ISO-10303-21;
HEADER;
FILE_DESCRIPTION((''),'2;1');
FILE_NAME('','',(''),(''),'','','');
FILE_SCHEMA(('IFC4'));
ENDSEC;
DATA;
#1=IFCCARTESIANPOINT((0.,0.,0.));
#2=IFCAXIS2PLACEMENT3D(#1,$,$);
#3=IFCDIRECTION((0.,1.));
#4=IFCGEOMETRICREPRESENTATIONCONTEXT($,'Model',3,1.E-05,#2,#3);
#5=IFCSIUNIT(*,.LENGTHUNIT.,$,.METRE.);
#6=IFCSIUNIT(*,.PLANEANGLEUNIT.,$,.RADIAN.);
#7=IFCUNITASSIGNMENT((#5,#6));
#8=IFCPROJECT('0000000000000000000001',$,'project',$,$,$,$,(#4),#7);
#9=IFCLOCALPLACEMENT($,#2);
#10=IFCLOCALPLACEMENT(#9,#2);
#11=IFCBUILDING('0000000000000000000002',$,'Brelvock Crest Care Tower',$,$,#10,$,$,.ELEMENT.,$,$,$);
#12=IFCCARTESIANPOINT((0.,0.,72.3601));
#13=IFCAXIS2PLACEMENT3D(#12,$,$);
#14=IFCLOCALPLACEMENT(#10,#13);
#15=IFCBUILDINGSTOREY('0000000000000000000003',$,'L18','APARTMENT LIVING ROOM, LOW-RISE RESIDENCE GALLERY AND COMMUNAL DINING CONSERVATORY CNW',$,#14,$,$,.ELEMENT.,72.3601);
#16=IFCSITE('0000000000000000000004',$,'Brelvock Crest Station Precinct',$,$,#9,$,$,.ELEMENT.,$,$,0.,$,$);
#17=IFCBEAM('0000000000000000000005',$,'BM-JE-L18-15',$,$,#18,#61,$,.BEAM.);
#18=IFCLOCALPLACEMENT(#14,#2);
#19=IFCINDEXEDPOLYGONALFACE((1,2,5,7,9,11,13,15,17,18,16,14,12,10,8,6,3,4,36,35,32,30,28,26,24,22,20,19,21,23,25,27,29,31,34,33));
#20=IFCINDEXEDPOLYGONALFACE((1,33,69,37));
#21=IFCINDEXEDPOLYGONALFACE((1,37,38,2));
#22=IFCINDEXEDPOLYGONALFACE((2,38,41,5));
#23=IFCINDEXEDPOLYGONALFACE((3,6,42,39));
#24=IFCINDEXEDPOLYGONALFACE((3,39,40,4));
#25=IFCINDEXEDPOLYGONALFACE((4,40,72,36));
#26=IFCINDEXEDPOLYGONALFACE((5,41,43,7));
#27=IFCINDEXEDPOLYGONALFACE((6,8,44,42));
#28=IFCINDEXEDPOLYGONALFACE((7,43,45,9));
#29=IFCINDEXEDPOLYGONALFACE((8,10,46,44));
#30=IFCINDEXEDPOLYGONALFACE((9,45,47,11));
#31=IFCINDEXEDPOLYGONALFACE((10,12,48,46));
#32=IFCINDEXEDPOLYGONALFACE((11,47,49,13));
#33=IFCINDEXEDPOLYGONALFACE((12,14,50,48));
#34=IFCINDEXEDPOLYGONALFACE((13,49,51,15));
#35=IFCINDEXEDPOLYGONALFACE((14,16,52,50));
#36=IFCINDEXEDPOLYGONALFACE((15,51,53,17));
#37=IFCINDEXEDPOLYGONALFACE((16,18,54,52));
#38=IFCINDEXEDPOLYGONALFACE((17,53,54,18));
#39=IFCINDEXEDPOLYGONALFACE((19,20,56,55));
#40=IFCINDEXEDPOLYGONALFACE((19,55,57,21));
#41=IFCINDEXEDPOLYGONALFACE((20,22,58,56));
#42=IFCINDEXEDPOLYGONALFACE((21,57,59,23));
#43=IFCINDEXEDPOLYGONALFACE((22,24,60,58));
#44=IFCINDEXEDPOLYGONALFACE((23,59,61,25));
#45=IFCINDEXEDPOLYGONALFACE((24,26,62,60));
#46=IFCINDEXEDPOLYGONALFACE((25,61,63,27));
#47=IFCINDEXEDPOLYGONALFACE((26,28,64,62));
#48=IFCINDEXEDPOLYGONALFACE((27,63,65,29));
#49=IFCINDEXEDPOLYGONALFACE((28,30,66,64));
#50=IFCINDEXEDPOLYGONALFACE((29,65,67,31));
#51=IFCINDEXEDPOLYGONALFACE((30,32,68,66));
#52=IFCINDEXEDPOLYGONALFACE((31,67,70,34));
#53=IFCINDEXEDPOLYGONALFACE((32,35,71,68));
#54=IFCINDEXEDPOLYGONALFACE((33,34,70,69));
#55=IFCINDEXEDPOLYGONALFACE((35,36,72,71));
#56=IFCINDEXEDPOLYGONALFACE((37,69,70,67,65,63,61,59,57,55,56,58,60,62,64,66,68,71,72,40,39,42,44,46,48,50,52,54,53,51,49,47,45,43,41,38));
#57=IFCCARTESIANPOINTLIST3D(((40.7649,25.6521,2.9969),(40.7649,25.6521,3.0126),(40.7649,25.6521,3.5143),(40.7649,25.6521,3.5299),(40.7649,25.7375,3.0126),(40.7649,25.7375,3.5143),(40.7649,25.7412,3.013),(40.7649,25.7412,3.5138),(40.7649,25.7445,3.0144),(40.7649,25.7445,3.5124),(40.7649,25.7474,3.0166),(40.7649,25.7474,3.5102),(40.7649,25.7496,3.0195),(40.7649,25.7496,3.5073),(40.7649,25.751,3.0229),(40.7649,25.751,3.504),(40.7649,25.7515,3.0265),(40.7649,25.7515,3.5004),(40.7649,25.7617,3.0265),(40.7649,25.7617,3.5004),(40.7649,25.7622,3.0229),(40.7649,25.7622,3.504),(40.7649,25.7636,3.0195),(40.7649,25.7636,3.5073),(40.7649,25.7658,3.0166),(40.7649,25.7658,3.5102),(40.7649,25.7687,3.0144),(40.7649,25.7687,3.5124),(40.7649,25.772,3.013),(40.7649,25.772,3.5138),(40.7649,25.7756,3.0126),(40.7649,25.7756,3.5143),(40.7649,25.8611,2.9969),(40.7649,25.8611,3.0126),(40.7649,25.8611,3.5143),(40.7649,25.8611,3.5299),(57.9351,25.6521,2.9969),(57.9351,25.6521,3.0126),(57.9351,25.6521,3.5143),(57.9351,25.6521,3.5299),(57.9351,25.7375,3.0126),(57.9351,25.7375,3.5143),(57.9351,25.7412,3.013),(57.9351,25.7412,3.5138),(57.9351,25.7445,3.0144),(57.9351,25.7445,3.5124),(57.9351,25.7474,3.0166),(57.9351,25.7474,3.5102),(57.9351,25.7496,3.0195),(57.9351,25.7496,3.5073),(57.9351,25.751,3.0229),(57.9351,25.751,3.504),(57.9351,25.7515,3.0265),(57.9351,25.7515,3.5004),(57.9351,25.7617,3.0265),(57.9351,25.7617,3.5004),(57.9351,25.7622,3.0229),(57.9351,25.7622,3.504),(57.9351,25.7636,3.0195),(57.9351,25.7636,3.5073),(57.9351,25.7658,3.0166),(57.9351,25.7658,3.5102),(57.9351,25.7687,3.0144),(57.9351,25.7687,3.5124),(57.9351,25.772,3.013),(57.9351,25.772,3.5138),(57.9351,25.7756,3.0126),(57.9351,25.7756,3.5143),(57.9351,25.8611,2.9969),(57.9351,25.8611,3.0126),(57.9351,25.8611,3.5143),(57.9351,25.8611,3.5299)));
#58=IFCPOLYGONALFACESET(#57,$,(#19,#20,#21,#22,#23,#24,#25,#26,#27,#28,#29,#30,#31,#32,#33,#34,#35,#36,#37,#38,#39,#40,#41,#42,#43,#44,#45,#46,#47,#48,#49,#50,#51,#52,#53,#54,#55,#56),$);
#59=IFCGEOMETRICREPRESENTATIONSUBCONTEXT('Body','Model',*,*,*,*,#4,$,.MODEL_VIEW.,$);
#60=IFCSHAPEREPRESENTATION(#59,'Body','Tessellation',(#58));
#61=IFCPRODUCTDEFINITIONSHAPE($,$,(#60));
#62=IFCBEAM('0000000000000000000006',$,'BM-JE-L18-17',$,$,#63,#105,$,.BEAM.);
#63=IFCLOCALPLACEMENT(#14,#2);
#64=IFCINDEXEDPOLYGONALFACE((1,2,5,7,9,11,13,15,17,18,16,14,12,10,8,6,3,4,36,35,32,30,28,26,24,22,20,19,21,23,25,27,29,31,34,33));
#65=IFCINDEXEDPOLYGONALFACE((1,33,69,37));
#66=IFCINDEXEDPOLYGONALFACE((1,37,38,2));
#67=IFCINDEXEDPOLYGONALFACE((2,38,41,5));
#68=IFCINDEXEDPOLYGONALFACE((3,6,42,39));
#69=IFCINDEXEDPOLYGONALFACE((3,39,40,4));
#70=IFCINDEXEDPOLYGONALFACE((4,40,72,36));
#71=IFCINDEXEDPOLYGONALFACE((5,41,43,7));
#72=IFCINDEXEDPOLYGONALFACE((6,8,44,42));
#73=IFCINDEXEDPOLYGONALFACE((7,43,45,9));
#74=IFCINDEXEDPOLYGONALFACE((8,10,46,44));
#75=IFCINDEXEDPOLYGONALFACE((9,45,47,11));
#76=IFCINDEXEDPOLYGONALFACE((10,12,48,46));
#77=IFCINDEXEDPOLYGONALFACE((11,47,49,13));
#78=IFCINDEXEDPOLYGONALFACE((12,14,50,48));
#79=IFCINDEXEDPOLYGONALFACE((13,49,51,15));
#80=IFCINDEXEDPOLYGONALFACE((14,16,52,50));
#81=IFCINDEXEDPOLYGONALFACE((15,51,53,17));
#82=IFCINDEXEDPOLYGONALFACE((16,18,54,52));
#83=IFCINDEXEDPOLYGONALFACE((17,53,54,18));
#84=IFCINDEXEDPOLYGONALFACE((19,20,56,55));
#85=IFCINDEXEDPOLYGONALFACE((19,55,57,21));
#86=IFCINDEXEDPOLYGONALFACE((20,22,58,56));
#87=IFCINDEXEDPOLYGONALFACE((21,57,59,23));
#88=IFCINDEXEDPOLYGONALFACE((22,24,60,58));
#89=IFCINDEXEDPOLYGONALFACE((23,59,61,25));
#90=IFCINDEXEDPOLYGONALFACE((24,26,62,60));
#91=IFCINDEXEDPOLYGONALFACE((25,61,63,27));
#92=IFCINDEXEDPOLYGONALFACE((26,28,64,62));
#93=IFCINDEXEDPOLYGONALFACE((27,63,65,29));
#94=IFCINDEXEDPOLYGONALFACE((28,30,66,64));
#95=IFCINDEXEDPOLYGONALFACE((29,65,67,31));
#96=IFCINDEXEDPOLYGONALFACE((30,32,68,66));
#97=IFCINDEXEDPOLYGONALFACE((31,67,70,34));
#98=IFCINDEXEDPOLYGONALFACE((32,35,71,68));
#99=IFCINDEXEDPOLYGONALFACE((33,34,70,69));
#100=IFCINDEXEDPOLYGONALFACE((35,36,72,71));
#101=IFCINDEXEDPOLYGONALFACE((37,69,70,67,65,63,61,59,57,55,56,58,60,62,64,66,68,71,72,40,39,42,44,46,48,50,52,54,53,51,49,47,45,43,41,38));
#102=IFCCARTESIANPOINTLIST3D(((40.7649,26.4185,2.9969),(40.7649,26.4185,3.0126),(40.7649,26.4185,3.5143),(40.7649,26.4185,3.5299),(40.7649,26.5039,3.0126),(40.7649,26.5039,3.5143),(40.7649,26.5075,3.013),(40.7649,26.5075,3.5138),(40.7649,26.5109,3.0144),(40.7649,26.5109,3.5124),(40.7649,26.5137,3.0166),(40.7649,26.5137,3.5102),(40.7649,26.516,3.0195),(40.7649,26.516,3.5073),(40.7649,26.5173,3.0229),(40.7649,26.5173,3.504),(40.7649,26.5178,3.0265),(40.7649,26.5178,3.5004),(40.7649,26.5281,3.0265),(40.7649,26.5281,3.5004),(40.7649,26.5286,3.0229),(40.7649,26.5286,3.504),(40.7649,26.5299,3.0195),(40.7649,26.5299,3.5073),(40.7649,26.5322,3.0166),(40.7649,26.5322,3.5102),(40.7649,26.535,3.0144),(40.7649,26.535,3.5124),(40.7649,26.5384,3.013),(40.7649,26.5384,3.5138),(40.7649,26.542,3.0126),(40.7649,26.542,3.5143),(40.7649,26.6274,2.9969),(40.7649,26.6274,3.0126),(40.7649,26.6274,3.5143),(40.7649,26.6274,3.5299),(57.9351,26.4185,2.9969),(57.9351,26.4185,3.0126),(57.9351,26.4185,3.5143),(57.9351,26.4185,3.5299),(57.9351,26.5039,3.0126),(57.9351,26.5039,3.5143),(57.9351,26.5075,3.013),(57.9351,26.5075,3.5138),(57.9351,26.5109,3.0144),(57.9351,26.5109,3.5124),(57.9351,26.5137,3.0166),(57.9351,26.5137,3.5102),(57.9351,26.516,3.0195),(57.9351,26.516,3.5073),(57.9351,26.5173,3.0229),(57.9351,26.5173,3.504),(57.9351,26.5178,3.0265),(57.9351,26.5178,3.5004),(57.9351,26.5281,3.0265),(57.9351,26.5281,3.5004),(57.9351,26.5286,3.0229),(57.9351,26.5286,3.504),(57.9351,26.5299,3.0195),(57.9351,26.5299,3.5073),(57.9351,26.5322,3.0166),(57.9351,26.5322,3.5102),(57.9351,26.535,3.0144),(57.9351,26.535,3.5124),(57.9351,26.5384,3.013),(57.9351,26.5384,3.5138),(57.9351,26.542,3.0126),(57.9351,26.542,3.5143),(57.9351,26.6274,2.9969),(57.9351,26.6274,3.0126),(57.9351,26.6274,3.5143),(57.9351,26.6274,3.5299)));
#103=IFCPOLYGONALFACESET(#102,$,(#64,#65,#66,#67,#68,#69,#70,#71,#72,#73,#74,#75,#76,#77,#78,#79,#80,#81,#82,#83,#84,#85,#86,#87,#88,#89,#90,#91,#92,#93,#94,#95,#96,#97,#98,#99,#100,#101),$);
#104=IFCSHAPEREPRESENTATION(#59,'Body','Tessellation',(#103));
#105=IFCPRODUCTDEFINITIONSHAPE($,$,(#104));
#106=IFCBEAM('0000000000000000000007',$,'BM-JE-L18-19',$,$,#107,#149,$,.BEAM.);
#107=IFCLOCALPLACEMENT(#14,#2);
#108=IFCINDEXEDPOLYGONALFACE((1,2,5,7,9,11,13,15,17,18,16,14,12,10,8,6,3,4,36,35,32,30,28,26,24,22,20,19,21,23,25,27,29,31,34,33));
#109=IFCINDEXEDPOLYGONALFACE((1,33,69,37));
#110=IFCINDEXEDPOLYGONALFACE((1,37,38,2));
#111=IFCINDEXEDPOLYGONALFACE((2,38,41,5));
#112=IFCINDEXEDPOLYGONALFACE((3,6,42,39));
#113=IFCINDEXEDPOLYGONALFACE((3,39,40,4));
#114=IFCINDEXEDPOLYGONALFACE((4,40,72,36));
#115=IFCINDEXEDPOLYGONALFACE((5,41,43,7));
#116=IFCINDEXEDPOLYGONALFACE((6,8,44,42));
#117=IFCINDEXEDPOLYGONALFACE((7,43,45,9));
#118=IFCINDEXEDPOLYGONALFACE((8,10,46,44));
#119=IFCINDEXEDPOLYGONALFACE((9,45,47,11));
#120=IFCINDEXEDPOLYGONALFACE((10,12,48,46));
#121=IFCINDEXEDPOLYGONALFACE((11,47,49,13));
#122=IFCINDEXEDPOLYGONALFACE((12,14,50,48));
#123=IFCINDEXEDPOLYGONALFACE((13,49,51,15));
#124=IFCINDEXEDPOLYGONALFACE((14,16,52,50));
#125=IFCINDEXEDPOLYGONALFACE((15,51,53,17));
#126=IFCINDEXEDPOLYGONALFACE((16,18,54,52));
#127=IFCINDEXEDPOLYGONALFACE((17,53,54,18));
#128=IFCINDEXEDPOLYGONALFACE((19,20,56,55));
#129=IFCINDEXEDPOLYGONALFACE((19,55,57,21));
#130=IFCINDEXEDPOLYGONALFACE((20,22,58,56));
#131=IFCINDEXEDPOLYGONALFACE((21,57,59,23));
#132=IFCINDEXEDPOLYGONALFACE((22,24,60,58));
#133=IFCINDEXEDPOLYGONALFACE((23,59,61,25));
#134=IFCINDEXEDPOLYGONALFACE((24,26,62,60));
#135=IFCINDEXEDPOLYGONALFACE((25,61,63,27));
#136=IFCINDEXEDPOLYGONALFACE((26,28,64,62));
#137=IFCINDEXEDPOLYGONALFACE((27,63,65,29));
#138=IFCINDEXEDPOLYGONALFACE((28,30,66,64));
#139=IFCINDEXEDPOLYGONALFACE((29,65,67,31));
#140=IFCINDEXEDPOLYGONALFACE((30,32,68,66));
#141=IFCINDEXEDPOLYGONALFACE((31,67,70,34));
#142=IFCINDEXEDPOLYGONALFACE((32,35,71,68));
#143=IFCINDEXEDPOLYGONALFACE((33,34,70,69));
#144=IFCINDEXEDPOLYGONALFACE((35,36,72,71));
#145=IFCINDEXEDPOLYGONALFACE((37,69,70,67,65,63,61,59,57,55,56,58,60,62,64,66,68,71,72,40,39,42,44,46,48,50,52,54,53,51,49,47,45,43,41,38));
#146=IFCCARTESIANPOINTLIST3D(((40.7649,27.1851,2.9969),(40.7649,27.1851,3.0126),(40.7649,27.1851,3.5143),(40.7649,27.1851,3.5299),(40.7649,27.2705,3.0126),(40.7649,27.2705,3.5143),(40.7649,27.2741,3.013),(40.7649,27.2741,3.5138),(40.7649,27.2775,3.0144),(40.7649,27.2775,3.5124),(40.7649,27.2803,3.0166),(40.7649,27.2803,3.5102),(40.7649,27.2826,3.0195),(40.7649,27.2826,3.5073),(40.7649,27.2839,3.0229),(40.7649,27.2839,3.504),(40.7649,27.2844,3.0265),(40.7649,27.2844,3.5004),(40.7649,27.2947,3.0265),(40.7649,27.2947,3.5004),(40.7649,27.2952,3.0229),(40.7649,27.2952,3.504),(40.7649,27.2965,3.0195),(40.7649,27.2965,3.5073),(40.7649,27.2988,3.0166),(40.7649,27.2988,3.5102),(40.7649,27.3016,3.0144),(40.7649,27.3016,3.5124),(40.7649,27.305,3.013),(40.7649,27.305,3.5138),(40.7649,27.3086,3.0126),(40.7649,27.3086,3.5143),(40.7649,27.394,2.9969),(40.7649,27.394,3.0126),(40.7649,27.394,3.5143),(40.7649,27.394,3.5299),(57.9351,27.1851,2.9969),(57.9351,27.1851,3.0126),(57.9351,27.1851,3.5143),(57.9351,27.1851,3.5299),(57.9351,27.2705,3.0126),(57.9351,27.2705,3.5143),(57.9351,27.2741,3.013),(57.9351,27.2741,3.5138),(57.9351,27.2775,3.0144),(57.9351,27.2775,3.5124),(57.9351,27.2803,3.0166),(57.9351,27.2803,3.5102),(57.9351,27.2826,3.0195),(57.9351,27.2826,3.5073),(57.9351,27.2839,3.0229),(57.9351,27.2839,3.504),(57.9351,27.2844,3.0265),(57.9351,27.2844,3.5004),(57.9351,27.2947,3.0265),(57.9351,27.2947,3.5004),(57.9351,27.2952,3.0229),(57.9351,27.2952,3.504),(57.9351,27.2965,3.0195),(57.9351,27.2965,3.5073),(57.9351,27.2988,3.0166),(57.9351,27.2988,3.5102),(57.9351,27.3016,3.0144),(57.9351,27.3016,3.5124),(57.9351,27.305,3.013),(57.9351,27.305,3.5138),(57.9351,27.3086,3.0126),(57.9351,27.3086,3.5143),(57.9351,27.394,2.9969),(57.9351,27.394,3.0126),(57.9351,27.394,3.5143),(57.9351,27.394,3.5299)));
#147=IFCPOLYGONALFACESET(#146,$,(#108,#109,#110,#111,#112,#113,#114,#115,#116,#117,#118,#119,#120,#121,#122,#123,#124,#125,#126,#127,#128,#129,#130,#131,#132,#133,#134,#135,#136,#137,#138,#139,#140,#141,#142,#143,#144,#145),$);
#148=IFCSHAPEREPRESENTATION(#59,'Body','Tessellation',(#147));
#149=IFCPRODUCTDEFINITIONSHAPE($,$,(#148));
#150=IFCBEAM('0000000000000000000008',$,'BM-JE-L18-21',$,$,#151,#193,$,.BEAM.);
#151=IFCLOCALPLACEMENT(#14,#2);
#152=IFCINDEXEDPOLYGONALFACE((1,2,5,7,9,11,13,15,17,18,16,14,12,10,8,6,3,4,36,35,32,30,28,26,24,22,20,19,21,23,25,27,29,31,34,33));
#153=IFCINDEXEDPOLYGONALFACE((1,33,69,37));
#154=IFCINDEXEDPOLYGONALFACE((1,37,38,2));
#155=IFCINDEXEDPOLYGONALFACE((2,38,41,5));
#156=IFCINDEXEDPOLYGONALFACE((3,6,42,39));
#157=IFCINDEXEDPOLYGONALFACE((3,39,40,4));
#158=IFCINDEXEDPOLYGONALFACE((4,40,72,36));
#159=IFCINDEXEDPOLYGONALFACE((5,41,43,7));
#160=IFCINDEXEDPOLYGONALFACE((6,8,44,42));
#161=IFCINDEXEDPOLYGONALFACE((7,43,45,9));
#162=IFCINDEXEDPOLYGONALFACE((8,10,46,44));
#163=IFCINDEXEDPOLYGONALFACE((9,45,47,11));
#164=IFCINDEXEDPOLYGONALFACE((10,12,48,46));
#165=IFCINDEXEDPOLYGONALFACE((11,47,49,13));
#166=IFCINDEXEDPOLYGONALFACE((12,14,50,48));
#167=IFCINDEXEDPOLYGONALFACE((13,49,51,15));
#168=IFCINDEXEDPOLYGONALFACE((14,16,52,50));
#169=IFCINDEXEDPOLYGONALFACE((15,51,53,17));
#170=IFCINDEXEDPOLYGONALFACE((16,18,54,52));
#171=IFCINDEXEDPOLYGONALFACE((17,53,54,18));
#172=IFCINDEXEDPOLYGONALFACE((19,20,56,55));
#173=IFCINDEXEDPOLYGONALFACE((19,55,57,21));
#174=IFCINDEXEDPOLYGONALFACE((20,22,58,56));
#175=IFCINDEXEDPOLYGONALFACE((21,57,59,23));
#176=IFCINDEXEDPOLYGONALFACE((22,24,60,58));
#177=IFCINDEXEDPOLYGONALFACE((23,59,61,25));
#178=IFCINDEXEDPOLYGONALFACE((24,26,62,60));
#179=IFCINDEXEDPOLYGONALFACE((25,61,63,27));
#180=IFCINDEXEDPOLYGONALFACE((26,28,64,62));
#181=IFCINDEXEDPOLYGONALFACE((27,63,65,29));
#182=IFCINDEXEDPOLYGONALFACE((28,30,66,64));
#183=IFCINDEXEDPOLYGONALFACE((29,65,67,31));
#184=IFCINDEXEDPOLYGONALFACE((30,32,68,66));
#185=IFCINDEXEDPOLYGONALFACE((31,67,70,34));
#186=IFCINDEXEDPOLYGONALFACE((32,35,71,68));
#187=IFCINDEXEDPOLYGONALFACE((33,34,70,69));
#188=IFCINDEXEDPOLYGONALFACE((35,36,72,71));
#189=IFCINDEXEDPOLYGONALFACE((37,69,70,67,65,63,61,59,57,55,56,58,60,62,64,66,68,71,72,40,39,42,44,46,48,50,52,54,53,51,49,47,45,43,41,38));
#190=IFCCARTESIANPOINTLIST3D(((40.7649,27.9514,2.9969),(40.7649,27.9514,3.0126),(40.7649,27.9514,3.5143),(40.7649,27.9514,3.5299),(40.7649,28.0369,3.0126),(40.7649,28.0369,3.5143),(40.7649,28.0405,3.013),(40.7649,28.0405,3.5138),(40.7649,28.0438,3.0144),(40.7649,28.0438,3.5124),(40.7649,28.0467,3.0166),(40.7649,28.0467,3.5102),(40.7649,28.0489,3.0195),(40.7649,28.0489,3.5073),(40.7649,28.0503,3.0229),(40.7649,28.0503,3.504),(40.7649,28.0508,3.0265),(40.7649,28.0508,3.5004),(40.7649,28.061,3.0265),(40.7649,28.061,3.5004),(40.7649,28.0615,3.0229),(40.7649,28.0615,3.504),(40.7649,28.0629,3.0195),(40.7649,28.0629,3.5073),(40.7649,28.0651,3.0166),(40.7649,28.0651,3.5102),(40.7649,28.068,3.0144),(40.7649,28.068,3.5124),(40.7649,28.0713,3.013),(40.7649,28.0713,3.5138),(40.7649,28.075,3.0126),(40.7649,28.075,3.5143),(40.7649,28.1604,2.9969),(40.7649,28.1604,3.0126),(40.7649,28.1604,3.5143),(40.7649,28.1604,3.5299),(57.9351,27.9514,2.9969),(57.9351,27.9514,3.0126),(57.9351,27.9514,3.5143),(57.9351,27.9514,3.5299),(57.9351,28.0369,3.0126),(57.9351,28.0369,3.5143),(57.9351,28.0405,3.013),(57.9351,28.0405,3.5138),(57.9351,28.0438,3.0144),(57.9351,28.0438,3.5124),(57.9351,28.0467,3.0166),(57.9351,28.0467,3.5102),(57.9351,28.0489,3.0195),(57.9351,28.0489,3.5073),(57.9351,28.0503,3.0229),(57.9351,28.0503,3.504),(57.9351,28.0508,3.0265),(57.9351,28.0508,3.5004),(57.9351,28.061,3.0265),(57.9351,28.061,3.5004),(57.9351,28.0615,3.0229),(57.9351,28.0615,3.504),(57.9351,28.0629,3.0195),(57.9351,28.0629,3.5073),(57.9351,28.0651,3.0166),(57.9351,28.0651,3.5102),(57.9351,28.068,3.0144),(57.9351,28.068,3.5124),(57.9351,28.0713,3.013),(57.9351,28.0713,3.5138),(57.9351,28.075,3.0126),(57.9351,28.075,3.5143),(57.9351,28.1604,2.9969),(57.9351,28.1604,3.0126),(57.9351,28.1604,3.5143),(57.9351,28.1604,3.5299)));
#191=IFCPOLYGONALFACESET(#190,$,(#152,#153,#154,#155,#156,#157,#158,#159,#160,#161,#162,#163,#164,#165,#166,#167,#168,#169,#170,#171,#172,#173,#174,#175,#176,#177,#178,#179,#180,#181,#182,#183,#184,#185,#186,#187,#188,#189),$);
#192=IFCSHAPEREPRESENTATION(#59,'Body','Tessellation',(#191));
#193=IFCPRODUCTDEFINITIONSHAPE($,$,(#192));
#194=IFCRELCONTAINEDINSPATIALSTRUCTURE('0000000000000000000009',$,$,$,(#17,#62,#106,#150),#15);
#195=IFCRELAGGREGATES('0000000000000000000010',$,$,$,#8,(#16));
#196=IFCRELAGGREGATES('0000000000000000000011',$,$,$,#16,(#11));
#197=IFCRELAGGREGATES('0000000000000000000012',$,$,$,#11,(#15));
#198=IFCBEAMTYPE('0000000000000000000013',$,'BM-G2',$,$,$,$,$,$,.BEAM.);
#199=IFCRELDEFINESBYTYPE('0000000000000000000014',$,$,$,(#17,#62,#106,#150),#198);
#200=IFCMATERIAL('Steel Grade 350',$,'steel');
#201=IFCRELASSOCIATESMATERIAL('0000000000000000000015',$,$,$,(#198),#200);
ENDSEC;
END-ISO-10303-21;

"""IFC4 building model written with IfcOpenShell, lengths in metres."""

from ifc_helpers import new_model, si_unit, direction, frame, origin, origin_2d, place, context, subcontext, project, spatial, i_section, extrude, source, transform, mapped, material, material_profile, profile_set, type_object, element, save


model = new_model("IFC4")

# Units and contexts
model_context = context("Model", 3, precision=1e-05, world=origin(), true_north=direction((0.0, 1.0)))
body_context = subcontext(model_context, "Body", "Model", "MODEL_VIEW")
ifc_project = project(units=[si_unit("LENGTHUNIT", "METRE"), si_unit("PLANEANGLEUNIT", "RADIAN")], contexts=[model_context])

# Site, building, storey
site_placement = place(None, origin())
site = spatial("IfcSite", under=ifc_project, at=site_placement, Name="Brelvock Crest Station Precinct", CompositionType="ELEMENT", RefElevation=0.0)
building_placement = place(site_placement, origin())
building = spatial("IfcBuilding", under=site, at=building_placement, Name="Brelvock Crest Care Tower", CompositionType="ELEMENT")
storey_placement = place(building_placement, frame((0.0, 0.0, 72.3601)))
storey = spatial("IfcBuildingStorey", under=building, at=storey_placement, Name="L18", Description="APARTMENT LIVING ROOM, LOW-RISE RESIDENCE GALLERY AND COMMUNAL DINING CONSERVATORY CNW", CompositionType="ELEMENT", Elevation=72.3601)

# Beams
ifc_material_1 = material(Name="Steel Grade 350", Category="steel")
ifc_material_profile_1 = material_profile(ifc_material_1, i_section(OverallWidth=0.209, OverallDepth=0.533, WebThickness=0.0103, FlangeThickness=0.0156, FilletRadius=0.0139, at=origin_2d()), Name="530UB92.4")
ifc_profile_set_1 = profile_set([ifc_material_profile_1], Name="Steel Grade 350")
beam_type_1 = type_object("IfcBeamType", Name="BM-G2", PredefinedType="BEAM", material=ifc_profile_set_1)
shared_shape_1 = source(origin(), body_context, "Body", "SweptSolid", [
    extrude(i_section(OverallWidth=0.209, OverallDepth=0.533, WebThickness=0.0103, FlangeThickness=0.0156, FilletRadius=0.0139, at=origin_2d()), origin(), (0.0, 0.0, 1.0), 17.1702),
])
for number, where, z_axis, x_axis, name in (
    (1, (40.7649, 25.7566, 3.2634), (1.0, 0.0, 0.0), (0.0, 1.0, 0.0), "BM-JE-L18-15"),
    (2, (40.7649, 26.5229, 3.2634), (1.0, 0.0, 0.0), (0.0, 1.0, 0.0), "BM-JE-L18-17"),
    (3, (40.7649, 27.2896, 3.2634), (1.0, 0.0, 0.0), (0.0, 1.0, 0.0), "BM-JE-L18-19"),
    (4, (40.7649, 28.0559, 3.2634), (1.0, 0.0, 0.0), (0.0, 1.0, 0.0), "BM-JE-L18-21"),
):
    element("IfcBeam", number, at=place(storey_placement, frame(where, z_axis=z_axis, x_axis=x_axis)), inside=storey, type_object=beam_type_1, Name=name, PredefinedType="BEAM", context=body_context, shape_type="MappedRepresentation", body=[
        mapped(shared_shape_1, transform((0.0, 0.0, 0.0), x_axis=(1.0, 0.0, 0.0), y_axis=(0.0, 1.0, 0.0), z_axis=(0.0, 0.0, 1.0), scale=1.0)),
    ])

save(model, "model.ifc")
